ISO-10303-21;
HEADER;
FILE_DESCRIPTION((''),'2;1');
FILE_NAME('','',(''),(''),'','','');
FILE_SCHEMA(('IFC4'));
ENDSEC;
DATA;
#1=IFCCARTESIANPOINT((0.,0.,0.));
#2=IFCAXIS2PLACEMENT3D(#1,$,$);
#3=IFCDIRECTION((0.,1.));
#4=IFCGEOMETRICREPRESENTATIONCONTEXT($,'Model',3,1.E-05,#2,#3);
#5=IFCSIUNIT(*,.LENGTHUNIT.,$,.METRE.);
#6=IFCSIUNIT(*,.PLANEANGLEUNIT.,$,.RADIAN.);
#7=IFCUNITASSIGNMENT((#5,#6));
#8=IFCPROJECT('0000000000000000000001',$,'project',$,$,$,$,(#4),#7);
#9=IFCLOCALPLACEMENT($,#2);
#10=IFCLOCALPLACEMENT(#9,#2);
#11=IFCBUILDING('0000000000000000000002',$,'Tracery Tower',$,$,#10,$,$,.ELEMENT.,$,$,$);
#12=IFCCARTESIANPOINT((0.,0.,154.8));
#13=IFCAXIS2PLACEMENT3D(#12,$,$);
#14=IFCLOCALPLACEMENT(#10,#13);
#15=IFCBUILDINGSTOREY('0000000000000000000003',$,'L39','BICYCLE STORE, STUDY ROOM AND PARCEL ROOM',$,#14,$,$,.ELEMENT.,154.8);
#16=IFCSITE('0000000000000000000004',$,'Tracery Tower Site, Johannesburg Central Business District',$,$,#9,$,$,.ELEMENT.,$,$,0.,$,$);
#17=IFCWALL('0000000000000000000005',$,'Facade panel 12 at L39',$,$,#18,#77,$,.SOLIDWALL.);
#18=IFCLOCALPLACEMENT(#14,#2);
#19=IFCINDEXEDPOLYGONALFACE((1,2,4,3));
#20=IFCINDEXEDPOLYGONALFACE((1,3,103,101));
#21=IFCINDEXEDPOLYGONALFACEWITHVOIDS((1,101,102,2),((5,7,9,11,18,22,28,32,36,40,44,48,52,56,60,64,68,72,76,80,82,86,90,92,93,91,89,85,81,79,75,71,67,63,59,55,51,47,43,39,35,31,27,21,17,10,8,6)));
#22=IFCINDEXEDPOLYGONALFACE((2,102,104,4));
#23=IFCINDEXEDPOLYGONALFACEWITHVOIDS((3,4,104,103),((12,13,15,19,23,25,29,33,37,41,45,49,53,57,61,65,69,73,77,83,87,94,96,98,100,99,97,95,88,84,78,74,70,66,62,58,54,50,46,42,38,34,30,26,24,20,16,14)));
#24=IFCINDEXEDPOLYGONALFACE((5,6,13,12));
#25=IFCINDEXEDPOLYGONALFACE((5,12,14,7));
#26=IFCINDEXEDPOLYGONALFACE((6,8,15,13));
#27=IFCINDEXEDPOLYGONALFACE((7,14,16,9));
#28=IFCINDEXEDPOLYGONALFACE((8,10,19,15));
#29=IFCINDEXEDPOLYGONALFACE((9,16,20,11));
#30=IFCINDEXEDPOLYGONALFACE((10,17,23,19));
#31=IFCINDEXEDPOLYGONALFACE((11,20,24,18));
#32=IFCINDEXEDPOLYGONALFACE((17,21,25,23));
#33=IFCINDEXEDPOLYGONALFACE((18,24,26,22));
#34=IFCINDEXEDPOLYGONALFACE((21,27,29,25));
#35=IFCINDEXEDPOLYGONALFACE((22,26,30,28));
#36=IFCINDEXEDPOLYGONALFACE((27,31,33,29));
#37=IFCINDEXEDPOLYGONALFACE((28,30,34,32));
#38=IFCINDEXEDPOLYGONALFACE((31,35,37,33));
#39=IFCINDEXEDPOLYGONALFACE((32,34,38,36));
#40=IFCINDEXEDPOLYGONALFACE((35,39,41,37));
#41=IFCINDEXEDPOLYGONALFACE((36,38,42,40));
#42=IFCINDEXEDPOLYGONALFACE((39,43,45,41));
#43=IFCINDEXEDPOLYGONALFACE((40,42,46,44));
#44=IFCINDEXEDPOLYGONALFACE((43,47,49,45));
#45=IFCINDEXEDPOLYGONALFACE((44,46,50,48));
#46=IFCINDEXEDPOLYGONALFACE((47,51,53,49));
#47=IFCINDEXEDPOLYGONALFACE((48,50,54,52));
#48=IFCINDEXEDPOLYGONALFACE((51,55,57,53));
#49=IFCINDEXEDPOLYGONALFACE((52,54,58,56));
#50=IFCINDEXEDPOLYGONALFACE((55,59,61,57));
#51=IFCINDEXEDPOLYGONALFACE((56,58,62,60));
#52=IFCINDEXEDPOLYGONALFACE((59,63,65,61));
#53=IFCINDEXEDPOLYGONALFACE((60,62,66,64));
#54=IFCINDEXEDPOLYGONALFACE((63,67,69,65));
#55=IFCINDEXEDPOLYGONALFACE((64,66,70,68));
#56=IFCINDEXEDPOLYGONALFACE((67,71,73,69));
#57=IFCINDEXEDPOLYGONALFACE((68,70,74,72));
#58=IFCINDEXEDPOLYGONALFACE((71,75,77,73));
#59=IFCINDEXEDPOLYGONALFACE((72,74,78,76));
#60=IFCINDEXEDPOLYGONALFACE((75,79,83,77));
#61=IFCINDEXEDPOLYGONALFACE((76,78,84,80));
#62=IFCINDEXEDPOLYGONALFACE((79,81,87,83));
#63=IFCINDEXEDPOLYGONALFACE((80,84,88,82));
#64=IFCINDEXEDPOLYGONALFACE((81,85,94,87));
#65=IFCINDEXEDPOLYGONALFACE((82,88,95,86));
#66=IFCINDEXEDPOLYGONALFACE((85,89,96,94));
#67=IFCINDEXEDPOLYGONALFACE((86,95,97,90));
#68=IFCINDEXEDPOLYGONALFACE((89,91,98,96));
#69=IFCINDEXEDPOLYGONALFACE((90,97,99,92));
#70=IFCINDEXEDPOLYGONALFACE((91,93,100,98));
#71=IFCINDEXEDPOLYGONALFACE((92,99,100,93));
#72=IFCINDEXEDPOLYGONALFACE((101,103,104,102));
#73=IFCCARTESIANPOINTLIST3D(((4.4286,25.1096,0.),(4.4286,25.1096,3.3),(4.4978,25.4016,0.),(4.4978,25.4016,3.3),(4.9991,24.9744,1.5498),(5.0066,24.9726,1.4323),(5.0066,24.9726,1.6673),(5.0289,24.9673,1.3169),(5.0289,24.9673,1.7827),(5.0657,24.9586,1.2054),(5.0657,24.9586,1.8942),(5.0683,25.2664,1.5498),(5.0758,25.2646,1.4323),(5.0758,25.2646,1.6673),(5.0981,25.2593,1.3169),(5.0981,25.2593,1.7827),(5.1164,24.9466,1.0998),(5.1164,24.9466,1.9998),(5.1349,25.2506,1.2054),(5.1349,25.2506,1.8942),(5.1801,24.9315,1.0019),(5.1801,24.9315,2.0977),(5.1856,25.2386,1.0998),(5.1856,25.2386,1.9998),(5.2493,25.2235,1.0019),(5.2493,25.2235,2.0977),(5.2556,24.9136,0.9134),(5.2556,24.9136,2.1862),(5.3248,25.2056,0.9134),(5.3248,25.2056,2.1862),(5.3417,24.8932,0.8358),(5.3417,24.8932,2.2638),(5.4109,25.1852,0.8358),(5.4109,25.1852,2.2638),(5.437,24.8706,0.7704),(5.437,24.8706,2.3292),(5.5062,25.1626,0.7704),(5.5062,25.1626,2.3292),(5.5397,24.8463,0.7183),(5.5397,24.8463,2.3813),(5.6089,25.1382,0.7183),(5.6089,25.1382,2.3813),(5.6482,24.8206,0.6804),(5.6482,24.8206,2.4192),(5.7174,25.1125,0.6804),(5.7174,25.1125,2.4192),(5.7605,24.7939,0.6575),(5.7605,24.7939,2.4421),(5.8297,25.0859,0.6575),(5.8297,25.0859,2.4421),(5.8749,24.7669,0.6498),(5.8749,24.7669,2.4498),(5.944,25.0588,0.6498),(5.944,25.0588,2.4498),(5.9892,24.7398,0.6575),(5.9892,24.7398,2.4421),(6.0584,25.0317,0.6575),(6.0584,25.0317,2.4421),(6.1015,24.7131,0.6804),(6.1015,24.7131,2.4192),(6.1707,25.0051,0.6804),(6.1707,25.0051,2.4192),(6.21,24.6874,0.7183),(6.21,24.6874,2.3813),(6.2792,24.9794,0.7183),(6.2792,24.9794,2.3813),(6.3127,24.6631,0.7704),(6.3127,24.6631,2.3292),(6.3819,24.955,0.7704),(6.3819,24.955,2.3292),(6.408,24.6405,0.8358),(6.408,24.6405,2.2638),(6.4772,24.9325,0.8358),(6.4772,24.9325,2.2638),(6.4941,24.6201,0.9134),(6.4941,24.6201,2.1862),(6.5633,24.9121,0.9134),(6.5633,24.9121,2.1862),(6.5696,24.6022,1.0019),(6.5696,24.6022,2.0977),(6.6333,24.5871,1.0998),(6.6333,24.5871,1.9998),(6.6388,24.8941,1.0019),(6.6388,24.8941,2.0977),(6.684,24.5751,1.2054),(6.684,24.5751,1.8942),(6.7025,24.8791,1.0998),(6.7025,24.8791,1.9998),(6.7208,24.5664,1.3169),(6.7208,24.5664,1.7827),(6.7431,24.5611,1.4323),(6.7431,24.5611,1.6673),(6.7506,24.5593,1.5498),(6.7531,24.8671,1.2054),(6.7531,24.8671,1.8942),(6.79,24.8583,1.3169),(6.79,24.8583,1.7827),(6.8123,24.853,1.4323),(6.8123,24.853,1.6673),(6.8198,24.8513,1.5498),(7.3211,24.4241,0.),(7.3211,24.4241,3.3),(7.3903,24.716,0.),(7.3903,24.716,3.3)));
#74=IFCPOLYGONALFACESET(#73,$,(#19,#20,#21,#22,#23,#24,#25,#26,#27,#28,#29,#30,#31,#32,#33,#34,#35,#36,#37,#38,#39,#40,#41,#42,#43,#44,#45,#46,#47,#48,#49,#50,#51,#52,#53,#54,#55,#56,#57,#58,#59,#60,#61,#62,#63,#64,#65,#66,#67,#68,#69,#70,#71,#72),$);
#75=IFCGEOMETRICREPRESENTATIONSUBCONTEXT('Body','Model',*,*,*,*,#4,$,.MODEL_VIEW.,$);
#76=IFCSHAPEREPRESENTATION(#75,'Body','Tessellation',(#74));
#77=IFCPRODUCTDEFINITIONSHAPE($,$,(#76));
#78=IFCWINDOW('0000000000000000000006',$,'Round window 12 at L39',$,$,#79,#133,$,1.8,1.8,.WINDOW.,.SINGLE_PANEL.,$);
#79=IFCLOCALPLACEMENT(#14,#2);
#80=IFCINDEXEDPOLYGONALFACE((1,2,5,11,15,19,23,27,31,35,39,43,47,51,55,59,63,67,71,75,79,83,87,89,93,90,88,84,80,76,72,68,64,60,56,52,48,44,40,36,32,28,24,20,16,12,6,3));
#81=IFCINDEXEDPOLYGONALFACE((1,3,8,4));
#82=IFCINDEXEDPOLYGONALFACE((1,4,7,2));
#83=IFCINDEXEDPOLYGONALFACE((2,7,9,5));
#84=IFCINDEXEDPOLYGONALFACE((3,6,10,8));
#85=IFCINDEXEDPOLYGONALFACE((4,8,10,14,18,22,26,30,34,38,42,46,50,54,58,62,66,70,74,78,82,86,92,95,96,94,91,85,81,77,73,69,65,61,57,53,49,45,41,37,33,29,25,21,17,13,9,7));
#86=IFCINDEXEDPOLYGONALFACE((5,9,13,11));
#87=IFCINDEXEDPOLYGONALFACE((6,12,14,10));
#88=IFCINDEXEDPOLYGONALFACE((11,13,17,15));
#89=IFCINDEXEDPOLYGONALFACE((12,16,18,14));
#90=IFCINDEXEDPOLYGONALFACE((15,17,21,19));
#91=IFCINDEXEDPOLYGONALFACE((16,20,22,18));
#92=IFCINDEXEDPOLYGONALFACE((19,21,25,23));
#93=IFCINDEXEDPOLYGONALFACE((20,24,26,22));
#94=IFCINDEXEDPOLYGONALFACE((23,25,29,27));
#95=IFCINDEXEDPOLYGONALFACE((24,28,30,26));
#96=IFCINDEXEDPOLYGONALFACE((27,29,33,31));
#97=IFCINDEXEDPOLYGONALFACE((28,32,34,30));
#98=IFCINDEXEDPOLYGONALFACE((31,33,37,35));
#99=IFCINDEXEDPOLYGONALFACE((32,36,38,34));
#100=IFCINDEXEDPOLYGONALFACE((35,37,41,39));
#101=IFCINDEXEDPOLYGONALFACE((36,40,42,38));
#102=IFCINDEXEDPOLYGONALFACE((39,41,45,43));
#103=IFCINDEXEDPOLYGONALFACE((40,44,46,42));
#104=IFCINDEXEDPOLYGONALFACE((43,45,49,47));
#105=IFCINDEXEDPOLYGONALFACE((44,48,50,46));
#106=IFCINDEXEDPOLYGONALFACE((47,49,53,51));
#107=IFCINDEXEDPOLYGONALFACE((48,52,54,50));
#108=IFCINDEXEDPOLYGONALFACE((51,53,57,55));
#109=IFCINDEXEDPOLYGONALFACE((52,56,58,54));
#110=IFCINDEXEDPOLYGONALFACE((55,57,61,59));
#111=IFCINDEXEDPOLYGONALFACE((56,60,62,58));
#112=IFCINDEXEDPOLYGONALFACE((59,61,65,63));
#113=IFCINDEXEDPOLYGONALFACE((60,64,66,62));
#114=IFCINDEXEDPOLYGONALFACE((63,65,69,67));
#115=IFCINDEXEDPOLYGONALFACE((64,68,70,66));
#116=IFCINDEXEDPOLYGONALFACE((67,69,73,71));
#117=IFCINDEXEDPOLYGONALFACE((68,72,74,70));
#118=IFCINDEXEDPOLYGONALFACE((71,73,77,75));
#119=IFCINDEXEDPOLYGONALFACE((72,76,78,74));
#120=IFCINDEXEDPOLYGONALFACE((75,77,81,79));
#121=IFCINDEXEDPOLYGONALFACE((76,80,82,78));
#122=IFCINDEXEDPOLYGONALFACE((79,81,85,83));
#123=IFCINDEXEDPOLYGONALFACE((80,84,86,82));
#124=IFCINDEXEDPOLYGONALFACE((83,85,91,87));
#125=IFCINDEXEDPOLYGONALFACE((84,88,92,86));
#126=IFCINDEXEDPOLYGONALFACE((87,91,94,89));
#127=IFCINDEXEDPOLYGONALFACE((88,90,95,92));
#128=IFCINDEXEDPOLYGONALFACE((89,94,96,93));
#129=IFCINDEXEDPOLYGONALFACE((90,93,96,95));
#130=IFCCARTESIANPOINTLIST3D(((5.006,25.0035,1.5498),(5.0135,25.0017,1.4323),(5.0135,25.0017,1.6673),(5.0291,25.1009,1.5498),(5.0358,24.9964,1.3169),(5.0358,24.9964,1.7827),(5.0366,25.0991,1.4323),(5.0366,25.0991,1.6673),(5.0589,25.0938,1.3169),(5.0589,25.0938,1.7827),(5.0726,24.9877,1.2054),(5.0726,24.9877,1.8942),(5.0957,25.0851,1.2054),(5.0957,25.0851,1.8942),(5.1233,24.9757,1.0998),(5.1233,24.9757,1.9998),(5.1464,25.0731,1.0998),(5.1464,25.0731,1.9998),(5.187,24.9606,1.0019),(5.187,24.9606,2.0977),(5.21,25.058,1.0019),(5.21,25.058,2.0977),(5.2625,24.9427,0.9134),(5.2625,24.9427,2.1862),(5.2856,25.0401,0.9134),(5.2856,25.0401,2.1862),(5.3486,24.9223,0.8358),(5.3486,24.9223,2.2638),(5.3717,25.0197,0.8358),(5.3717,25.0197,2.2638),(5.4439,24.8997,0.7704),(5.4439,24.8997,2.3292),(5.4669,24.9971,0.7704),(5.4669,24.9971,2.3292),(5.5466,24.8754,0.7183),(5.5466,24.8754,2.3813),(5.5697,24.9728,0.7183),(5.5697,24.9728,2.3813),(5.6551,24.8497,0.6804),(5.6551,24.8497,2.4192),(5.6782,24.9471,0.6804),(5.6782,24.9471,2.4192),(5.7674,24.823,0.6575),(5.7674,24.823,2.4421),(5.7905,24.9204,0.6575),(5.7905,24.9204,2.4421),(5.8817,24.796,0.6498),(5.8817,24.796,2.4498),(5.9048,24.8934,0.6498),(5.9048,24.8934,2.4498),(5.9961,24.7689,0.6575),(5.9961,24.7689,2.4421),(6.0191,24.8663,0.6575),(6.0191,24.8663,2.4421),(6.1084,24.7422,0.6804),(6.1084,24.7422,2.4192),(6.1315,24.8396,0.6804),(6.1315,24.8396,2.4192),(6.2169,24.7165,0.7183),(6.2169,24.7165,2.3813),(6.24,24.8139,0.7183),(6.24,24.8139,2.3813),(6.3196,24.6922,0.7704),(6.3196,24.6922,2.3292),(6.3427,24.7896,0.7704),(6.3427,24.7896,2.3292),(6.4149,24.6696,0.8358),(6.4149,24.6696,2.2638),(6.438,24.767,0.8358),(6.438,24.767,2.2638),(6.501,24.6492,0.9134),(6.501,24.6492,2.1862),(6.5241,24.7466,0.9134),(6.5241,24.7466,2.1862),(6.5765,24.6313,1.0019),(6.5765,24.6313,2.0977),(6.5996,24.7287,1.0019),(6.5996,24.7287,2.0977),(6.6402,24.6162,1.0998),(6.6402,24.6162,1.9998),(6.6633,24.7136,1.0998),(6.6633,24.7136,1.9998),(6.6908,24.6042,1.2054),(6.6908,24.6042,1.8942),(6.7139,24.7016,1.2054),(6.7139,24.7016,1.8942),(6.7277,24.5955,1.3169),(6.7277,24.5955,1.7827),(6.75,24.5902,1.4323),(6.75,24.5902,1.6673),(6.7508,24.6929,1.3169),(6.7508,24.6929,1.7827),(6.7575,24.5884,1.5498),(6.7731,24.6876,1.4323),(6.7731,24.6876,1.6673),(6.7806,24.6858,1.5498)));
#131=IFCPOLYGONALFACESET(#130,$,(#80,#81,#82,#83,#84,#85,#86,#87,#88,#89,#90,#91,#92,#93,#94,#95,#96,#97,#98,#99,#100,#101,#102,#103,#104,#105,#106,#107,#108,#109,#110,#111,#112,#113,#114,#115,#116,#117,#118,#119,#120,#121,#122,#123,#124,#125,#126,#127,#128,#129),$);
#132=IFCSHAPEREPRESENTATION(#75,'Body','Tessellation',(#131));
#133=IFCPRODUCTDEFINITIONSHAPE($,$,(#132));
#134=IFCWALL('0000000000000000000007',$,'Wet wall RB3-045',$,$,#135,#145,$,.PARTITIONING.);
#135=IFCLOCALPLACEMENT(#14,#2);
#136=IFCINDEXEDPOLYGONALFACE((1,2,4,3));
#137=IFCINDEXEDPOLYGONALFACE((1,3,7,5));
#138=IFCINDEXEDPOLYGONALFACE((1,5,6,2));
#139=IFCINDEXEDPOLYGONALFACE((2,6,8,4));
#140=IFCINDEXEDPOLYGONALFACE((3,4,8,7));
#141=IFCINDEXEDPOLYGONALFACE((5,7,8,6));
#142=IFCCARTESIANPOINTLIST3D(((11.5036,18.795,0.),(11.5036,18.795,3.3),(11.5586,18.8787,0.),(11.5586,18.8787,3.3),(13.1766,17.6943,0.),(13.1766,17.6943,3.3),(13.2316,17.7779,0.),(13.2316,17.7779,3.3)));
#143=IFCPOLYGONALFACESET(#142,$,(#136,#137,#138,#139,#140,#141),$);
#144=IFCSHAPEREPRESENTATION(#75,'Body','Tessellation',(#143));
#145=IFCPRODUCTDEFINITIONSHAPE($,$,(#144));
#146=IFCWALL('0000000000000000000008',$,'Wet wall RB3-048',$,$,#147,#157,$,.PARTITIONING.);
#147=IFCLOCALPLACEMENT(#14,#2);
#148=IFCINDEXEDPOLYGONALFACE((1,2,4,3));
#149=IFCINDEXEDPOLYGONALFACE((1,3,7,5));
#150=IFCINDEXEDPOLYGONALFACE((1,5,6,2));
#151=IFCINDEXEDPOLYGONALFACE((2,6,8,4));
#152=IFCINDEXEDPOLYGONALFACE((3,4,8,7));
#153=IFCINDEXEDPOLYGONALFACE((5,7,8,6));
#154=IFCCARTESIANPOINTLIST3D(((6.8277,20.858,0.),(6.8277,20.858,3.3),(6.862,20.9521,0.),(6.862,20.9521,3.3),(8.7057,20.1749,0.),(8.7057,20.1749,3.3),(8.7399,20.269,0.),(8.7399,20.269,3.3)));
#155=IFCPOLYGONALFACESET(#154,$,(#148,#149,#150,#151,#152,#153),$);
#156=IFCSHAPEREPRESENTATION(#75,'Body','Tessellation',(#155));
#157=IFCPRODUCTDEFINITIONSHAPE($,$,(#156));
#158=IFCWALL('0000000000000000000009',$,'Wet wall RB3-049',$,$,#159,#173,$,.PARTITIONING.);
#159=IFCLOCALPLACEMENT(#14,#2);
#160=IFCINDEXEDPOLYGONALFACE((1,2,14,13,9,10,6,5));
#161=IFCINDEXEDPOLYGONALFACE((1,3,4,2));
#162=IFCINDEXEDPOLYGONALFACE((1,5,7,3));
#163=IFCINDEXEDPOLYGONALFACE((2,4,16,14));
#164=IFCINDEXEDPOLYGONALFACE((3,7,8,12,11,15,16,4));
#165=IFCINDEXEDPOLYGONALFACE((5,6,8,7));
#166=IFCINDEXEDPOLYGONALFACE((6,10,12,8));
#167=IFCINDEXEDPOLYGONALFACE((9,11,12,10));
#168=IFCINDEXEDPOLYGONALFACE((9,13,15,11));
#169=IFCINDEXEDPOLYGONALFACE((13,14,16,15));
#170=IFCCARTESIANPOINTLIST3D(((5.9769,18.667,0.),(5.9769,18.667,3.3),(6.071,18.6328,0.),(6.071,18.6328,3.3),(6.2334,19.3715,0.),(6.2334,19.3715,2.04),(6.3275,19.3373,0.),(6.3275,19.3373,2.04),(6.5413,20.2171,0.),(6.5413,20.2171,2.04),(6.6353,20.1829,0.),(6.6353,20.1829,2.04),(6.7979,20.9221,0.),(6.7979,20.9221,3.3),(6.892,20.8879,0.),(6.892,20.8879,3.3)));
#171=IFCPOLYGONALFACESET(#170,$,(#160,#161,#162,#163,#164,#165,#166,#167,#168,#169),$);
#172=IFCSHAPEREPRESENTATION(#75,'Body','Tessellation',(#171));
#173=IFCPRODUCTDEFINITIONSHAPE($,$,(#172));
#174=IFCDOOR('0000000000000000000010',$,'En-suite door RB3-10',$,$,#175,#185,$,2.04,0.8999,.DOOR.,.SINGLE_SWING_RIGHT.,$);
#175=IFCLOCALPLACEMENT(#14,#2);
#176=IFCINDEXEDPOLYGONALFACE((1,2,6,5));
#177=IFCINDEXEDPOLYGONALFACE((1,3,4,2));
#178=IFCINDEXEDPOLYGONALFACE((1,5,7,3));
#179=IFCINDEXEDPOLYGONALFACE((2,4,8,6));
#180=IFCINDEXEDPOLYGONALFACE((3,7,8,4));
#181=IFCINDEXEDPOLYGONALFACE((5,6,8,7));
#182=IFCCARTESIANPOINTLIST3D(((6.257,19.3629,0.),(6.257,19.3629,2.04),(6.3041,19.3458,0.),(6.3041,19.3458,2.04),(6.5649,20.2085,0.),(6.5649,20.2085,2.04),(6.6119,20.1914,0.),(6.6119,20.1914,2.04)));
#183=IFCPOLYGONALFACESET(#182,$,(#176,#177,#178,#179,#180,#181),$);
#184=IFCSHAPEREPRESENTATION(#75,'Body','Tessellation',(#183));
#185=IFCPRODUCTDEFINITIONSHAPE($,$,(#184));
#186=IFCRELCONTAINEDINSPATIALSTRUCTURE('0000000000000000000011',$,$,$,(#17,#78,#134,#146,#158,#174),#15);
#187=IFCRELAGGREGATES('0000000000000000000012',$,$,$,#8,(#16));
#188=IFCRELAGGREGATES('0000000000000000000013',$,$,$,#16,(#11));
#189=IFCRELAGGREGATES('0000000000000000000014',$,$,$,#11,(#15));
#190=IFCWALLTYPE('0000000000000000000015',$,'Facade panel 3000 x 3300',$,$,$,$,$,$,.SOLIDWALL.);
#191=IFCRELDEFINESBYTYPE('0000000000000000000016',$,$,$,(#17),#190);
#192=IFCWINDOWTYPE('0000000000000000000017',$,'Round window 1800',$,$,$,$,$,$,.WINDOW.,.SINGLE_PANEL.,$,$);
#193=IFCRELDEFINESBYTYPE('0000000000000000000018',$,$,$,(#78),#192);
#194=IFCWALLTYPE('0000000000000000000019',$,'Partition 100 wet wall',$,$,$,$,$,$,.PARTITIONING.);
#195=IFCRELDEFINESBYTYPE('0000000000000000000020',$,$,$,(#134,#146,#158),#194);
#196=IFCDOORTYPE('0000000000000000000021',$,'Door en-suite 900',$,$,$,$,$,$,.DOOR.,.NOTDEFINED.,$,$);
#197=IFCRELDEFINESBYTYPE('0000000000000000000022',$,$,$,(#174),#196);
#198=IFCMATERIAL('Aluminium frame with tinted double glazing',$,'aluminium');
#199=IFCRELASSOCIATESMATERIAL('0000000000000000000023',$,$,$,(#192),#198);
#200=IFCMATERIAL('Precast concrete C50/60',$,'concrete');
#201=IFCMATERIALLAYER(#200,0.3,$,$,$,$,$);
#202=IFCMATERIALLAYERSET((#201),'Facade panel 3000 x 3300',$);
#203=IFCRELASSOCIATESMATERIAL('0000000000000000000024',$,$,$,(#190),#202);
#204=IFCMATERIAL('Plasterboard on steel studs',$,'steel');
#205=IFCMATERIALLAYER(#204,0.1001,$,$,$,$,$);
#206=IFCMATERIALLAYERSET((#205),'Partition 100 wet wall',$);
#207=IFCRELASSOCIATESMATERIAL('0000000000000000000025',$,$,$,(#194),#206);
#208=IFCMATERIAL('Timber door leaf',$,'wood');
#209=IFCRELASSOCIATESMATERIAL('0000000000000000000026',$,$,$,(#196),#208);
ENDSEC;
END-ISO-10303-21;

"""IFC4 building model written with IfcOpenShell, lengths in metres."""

from ifc_helpers import new_model, si_unit, direction, frame, frame_2d, origin, origin_2d, place, context, subcontext, project, spatial, rectangle, circle, extrude, material, layer, layer_set, type_object, element, fill, save


model = new_model("IFC4")

# Units and contexts
model_context = context("Model", 3, precision=1e-05, world=origin(), true_north=direction((0.0, 1.0)))
body_context = subcontext(model_context, "Body", "Model", "MODEL_VIEW")
ifc_project = project(units=[si_unit("LENGTHUNIT", "METRE"), si_unit("PLANEANGLEUNIT", "RADIAN")], contexts=[model_context])

# Site, building, storey
site_placement = place(None, origin())
site = spatial("IfcSite", under=ifc_project, at=site_placement, Name="Tracery Tower Site, Johannesburg Central Business District", CompositionType="ELEMENT", RefElevation=0.0)
building_placement = place(site_placement, origin())
building = spatial("IfcBuilding", under=site, at=building_placement, Name="Tracery Tower", CompositionType="ELEMENT")
storey_placement = place(building_placement, frame((0.0, 0.0, 154.8)))
storey = spatial("IfcBuildingStorey", under=building, at=storey_placement, Name="L39", Description="BICYCLE STORE, STUDY ROOM AND PARCEL ROOM", CompositionType="ELEMENT", Elevation=154.8)

# Wall, opening, window
ifc_material_1 = material(Name="Aluminium frame with tinted double glazing", Category="aluminium")
window_type = type_object("IfcWindowType", Name="Round window 1800", PartitioningType="SINGLE_PANEL", PredefinedType="WINDOW", material=ifc_material_1)
ifc_material_2 = material(Name="Precast concrete C50/60", Category="concrete")
ifc_layer_1 = layer(ifc_material_2, 0.3)
ifc_layer_set_1 = layer_set([ifc_layer_1], Name="Facade panel 3000 x 3300")
wall_type_1 = type_object("IfcWallType", Name="Facade panel 3000 x 3300", PredefinedType="SOLIDWALL", material=ifc_layer_set_1)
wall_1_placement = place(storey_placement, frame((7.3557, 24.5701, 0.0), z_axis=(0.0, 0.0, 1.0), x_axis=(-0.973045, 0.230614, 0.0)))
wall_1 = element("IfcWall", 1, at=wall_1_placement, inside=storey, type_object=wall_type_1, Name="Facade panel 12 at L39", PredefinedType="SOLIDWALL", context=body_context, shape_type="SweptSolid", body=[
    extrude(rectangle(XDim=2.9727, YDim=0.3, at=frame_2d((1.4863, 0.0))), origin(), (0.0, 0.0, 1.0), 3.3),
])
opening_1_placement = place(wall_1_placement, frame((1.4863, 0.0, 1.5498)))
opening_1 = element("IfcOpeningElement", 2, at=opening_1_placement, cuts=wall_1, PredefinedType="OPENING", context=body_context, shape_type="SweptSolid", body=[
    extrude(circle(Radius=0.9, at=origin_2d()), frame((0.0, 0.1599, 0.0), z_axis=(0.0, -1.0, 0.0), x_axis=(1.0, 0.0, 0.0)), (0.0, 0.0, 1.0), 0.3201),
])
window_1_placement = place(opening_1_placement, origin())
window_1 = element("IfcWindow", 3, at=window_1_placement, inside=storey, type_object=window_type, Name="Round window 12 at L39", OverallHeight=1.8, OverallWidth=1.8, PartitioningType="SINGLE_PANEL", PredefinedType="WINDOW", context=body_context, shape_type="SweptSolid", body=[
    extrude(circle(Radius=0.9, at=origin_2d()), frame((0.0, 0.1201, 0.0), z_axis=(0.0, -1.0, 0.0), x_axis=(1.0, 0.0, 0.0)), (0.0, 0.0, 1.0), 0.1001),
])
fill(opening_1, window_1)

# Walls
ifc_material_3 = material(Name="Plasterboard on steel studs", Category="steel")
ifc_layer_2 = layer(ifc_material_3, 0.1001)
ifc_layer_set_2 = layer_set([ifc_layer_2], Name="Partition 100 wet wall")
wall_type_2 = type_object("IfcWallType", Name="Partition 100 wet wall", PredefinedType="PARTITIONING", material=ifc_layer_set_2)
wall_2_placement = place(storey_placement, frame((11.531, 18.8369, 0.0), z_axis=(0.0, 0.0, 1.0), x_axis=(0.835392, -0.549655, 0.0)))
element("IfcWall", 4, at=wall_2_placement, inside=storey, type_object=wall_type_2, Name="Wet wall RB3-045", PredefinedType="PARTITIONING", context=body_context, shape_type="SweptSolid", body=[
    extrude(rectangle(XDim=2.0027, YDim=0.1001, at=frame_2d((1.0015, 0.0))), origin(), (0.0, 0.0, 1.0), 3.3),
])
wall_3_placement = place(storey_placement, frame((6.845, 20.905, 0.0), z_axis=(0.0, 0.0, 1.0), x_axis=(0.939758, -0.341841, 0.0)))
element("IfcWall", 5, at=wall_3_placement, inside=storey, type_object=wall_type_2, Name="Wet wall RB3-048", PredefinedType="PARTITIONING", context=body_context, shape_type="SweptSolid", body=[
    extrude(rectangle(XDim=1.9983, YDim=0.1001, at=frame_2d((0.999, 0.0))), origin(), (0.0, 0.0, 1.0), 3.3),
])

# Wall, opening, door
wall_4_placement = place(storey_placement, frame((6.0239, 18.6499, 0.0), z_axis=(0.0, 0.0, 1.0), x_axis=(0.342111, 0.93966, 0.0)))
wall_4 = element("IfcWall", 6, at=wall_4_placement, inside=storey, type_object=wall_type_2, Name="Wet wall RB3-049", PredefinedType="PARTITIONING", context=body_context, shape_type="SweptSolid", body=[
    extrude(rectangle(XDim=2.3999, YDim=0.1001, at=frame_2d((1.2, 0.0))), origin(), (0.0, 0.0, 1.0), 3.3),
])
opening_2_placement = place(wall_4_placement, frame((0.7498, 0.0, 0.0)))
opening_2 = element("IfcOpeningElement", 7, at=opening_2_placement, cuts=wall_4, PredefinedType="OPENING", context=body_context, shape_type="SweptSolid", body=[
    extrude(rectangle(XDim=0.8999, YDim=2.04, at=frame_2d((0.45, 1.02))), frame((0.0, 0.05, 0.0), z_axis=(0.0, -1.0, 0.0), x_axis=(1.0, 0.0, 0.0)), (0.0, 0.0, 1.0), 0.1001),
])
ifc_material_4 = material(Name="Timber door leaf", Category="wood")
door_type_1 = type_object("IfcDoorType", Name="Door en-suite 900", OperationType="NOTDEFINED", PredefinedType="DOOR", material=ifc_material_4)
door_1_placement = place(opening_2_placement, origin())
door_1 = element("IfcDoor", 8, at=door_1_placement, inside=storey, type_object=door_type_1, Name="En-suite door RB3-10", OperationType="SINGLE_SWING_RIGHT", OverallHeight=2.04, OverallWidth=0.8999, PredefinedType="DOOR", context=body_context, shape_type="SweptSolid", body=[
    extrude(rectangle(XDim=0.8999, YDim=2.04, at=frame_2d((0.45, 1.02))), frame((0.0, 0.0249, 0.0), z_axis=(0.0, -1.0, 0.0), x_axis=(1.0, 0.0, 0.0)), (0.0, 0.0, 1.0), 0.05),
])
fill(opening_2, door_1)

save(model, "model.ifc")
